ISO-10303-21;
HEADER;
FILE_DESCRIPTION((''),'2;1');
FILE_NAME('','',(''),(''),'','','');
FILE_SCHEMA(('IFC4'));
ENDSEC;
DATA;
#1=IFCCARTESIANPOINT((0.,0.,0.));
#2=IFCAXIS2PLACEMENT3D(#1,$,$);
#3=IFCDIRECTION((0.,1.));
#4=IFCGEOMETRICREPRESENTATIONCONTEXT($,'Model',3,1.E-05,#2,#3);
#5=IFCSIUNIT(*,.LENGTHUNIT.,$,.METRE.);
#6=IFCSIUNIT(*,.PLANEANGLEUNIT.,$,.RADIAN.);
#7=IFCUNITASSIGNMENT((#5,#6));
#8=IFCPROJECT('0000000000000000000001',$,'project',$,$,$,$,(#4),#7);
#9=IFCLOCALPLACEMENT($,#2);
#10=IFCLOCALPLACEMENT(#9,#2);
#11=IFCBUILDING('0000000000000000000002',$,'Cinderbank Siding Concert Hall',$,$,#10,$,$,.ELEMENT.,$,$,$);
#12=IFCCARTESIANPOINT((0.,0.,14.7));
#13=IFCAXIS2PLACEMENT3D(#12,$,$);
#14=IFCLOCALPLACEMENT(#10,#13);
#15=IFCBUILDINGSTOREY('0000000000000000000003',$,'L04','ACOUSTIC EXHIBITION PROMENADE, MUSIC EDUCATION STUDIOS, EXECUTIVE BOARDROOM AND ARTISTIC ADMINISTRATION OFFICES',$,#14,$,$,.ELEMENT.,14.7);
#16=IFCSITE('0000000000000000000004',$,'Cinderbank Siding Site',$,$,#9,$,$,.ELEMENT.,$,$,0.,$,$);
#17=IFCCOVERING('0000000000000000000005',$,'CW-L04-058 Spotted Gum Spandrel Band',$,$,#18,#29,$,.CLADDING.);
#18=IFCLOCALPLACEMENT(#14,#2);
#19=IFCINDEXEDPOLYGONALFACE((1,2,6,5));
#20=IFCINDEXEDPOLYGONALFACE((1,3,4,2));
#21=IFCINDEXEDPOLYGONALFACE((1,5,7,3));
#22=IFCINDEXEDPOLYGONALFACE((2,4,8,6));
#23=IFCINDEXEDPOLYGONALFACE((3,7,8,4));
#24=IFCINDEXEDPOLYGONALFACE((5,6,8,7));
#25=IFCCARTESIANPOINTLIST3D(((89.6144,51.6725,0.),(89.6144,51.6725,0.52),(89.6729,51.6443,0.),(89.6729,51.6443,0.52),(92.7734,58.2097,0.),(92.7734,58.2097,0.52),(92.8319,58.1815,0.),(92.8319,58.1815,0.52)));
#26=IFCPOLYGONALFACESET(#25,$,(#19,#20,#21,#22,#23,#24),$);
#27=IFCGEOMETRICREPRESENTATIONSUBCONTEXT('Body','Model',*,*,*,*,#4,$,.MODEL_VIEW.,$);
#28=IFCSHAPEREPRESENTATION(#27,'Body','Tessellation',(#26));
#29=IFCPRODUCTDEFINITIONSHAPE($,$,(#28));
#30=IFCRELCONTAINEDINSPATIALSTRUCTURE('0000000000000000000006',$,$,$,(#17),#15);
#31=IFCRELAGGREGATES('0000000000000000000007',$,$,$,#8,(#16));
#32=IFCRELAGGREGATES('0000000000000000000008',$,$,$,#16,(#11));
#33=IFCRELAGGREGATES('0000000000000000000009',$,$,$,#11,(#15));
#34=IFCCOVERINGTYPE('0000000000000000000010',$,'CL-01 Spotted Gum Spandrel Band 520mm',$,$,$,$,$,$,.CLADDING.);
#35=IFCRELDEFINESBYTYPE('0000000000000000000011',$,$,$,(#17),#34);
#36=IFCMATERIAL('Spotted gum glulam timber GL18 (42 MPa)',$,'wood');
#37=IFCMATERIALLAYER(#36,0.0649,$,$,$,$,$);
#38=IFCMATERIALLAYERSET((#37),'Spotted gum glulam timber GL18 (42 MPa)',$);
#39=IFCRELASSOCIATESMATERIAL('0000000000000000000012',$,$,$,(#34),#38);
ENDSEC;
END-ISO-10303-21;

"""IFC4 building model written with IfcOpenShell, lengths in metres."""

from ifc_helpers import new_model, si_unit, direction, frame, origin, origin_2d, place, context, subcontext, project, spatial, rectangle, extrude, material, layer, layer_set, type_object, element, save


model = new_model("IFC4")

# Units and contexts
model_context = context("Model", 3, precision=1e-05, world=origin(), true_north=direction((0.0, 1.0)))
body_context = subcontext(model_context, "Body", "Model", "MODEL_VIEW")
ifc_project = project(units=[si_unit("LENGTHUNIT", "METRE"), si_unit("PLANEANGLEUNIT", "RADIAN")], contexts=[model_context])

# Site, building, storey
site_placement = place(None, origin())
site = spatial("IfcSite", under=ifc_project, at=site_placement, Name="Cinderbank Siding Site", CompositionType="ELEMENT", RefElevation=0.0)
building_placement = place(site_placement, origin())
building = spatial("IfcBuilding", under=site, at=building_placement, Name="Cinderbank Siding Concert Hall", CompositionType="ELEMENT")
storey_placement = place(building_placement, frame((0.0, 0.0, 14.7)))
storey = spatial("IfcBuildingStorey", under=building, at=storey_placement, Name="L04", Description="ACOUSTIC EXHIBITION PROMENADE, MUSIC EDUCATION STUDIOS, EXECUTIVE BOARDROOM AND ARTISTIC ADMINISTRATION OFFICES", CompositionType="ELEMENT", Elevation=14.7)

# Shared definitions
ifc_material_1 = material(Name="Spotted gum glulam timber GL18 (42 MPa)", Category="wood")

# Covering
ifc_layer_1 = layer(ifc_material_1, 0.0649)
ifc_layer_set_1 = layer_set([ifc_layer_1], Name="Spotted gum glulam timber GL18 (42 MPa)")
covering_type = type_object("IfcCoveringType", Name="CL-01 Spotted Gum Spandrel Band 520mm", PredefinedType="CLADDING", material=ifc_layer_set_1)
covering_placement = place(storey_placement, frame((91.2231, 54.927, 0.0), z_axis=(0.0, 0.0, 1.0), x_axis=(-0.435102, -0.900381, 0.0)))
element("IfcCovering", 1, at=covering_placement, inside=storey, type_object=covering_type, Name="CW-L04-058 Spotted Gum Spandrel Band", PredefinedType="CLADDING", context=body_context, shape_type="SweptSolid", body=[
    extrude(rectangle(XDim=7.2605, YDim=0.0649, at=origin_2d()), origin(), (0.0, 0.0, 1.0), 0.52),
])

save(model, "model.ifc")
